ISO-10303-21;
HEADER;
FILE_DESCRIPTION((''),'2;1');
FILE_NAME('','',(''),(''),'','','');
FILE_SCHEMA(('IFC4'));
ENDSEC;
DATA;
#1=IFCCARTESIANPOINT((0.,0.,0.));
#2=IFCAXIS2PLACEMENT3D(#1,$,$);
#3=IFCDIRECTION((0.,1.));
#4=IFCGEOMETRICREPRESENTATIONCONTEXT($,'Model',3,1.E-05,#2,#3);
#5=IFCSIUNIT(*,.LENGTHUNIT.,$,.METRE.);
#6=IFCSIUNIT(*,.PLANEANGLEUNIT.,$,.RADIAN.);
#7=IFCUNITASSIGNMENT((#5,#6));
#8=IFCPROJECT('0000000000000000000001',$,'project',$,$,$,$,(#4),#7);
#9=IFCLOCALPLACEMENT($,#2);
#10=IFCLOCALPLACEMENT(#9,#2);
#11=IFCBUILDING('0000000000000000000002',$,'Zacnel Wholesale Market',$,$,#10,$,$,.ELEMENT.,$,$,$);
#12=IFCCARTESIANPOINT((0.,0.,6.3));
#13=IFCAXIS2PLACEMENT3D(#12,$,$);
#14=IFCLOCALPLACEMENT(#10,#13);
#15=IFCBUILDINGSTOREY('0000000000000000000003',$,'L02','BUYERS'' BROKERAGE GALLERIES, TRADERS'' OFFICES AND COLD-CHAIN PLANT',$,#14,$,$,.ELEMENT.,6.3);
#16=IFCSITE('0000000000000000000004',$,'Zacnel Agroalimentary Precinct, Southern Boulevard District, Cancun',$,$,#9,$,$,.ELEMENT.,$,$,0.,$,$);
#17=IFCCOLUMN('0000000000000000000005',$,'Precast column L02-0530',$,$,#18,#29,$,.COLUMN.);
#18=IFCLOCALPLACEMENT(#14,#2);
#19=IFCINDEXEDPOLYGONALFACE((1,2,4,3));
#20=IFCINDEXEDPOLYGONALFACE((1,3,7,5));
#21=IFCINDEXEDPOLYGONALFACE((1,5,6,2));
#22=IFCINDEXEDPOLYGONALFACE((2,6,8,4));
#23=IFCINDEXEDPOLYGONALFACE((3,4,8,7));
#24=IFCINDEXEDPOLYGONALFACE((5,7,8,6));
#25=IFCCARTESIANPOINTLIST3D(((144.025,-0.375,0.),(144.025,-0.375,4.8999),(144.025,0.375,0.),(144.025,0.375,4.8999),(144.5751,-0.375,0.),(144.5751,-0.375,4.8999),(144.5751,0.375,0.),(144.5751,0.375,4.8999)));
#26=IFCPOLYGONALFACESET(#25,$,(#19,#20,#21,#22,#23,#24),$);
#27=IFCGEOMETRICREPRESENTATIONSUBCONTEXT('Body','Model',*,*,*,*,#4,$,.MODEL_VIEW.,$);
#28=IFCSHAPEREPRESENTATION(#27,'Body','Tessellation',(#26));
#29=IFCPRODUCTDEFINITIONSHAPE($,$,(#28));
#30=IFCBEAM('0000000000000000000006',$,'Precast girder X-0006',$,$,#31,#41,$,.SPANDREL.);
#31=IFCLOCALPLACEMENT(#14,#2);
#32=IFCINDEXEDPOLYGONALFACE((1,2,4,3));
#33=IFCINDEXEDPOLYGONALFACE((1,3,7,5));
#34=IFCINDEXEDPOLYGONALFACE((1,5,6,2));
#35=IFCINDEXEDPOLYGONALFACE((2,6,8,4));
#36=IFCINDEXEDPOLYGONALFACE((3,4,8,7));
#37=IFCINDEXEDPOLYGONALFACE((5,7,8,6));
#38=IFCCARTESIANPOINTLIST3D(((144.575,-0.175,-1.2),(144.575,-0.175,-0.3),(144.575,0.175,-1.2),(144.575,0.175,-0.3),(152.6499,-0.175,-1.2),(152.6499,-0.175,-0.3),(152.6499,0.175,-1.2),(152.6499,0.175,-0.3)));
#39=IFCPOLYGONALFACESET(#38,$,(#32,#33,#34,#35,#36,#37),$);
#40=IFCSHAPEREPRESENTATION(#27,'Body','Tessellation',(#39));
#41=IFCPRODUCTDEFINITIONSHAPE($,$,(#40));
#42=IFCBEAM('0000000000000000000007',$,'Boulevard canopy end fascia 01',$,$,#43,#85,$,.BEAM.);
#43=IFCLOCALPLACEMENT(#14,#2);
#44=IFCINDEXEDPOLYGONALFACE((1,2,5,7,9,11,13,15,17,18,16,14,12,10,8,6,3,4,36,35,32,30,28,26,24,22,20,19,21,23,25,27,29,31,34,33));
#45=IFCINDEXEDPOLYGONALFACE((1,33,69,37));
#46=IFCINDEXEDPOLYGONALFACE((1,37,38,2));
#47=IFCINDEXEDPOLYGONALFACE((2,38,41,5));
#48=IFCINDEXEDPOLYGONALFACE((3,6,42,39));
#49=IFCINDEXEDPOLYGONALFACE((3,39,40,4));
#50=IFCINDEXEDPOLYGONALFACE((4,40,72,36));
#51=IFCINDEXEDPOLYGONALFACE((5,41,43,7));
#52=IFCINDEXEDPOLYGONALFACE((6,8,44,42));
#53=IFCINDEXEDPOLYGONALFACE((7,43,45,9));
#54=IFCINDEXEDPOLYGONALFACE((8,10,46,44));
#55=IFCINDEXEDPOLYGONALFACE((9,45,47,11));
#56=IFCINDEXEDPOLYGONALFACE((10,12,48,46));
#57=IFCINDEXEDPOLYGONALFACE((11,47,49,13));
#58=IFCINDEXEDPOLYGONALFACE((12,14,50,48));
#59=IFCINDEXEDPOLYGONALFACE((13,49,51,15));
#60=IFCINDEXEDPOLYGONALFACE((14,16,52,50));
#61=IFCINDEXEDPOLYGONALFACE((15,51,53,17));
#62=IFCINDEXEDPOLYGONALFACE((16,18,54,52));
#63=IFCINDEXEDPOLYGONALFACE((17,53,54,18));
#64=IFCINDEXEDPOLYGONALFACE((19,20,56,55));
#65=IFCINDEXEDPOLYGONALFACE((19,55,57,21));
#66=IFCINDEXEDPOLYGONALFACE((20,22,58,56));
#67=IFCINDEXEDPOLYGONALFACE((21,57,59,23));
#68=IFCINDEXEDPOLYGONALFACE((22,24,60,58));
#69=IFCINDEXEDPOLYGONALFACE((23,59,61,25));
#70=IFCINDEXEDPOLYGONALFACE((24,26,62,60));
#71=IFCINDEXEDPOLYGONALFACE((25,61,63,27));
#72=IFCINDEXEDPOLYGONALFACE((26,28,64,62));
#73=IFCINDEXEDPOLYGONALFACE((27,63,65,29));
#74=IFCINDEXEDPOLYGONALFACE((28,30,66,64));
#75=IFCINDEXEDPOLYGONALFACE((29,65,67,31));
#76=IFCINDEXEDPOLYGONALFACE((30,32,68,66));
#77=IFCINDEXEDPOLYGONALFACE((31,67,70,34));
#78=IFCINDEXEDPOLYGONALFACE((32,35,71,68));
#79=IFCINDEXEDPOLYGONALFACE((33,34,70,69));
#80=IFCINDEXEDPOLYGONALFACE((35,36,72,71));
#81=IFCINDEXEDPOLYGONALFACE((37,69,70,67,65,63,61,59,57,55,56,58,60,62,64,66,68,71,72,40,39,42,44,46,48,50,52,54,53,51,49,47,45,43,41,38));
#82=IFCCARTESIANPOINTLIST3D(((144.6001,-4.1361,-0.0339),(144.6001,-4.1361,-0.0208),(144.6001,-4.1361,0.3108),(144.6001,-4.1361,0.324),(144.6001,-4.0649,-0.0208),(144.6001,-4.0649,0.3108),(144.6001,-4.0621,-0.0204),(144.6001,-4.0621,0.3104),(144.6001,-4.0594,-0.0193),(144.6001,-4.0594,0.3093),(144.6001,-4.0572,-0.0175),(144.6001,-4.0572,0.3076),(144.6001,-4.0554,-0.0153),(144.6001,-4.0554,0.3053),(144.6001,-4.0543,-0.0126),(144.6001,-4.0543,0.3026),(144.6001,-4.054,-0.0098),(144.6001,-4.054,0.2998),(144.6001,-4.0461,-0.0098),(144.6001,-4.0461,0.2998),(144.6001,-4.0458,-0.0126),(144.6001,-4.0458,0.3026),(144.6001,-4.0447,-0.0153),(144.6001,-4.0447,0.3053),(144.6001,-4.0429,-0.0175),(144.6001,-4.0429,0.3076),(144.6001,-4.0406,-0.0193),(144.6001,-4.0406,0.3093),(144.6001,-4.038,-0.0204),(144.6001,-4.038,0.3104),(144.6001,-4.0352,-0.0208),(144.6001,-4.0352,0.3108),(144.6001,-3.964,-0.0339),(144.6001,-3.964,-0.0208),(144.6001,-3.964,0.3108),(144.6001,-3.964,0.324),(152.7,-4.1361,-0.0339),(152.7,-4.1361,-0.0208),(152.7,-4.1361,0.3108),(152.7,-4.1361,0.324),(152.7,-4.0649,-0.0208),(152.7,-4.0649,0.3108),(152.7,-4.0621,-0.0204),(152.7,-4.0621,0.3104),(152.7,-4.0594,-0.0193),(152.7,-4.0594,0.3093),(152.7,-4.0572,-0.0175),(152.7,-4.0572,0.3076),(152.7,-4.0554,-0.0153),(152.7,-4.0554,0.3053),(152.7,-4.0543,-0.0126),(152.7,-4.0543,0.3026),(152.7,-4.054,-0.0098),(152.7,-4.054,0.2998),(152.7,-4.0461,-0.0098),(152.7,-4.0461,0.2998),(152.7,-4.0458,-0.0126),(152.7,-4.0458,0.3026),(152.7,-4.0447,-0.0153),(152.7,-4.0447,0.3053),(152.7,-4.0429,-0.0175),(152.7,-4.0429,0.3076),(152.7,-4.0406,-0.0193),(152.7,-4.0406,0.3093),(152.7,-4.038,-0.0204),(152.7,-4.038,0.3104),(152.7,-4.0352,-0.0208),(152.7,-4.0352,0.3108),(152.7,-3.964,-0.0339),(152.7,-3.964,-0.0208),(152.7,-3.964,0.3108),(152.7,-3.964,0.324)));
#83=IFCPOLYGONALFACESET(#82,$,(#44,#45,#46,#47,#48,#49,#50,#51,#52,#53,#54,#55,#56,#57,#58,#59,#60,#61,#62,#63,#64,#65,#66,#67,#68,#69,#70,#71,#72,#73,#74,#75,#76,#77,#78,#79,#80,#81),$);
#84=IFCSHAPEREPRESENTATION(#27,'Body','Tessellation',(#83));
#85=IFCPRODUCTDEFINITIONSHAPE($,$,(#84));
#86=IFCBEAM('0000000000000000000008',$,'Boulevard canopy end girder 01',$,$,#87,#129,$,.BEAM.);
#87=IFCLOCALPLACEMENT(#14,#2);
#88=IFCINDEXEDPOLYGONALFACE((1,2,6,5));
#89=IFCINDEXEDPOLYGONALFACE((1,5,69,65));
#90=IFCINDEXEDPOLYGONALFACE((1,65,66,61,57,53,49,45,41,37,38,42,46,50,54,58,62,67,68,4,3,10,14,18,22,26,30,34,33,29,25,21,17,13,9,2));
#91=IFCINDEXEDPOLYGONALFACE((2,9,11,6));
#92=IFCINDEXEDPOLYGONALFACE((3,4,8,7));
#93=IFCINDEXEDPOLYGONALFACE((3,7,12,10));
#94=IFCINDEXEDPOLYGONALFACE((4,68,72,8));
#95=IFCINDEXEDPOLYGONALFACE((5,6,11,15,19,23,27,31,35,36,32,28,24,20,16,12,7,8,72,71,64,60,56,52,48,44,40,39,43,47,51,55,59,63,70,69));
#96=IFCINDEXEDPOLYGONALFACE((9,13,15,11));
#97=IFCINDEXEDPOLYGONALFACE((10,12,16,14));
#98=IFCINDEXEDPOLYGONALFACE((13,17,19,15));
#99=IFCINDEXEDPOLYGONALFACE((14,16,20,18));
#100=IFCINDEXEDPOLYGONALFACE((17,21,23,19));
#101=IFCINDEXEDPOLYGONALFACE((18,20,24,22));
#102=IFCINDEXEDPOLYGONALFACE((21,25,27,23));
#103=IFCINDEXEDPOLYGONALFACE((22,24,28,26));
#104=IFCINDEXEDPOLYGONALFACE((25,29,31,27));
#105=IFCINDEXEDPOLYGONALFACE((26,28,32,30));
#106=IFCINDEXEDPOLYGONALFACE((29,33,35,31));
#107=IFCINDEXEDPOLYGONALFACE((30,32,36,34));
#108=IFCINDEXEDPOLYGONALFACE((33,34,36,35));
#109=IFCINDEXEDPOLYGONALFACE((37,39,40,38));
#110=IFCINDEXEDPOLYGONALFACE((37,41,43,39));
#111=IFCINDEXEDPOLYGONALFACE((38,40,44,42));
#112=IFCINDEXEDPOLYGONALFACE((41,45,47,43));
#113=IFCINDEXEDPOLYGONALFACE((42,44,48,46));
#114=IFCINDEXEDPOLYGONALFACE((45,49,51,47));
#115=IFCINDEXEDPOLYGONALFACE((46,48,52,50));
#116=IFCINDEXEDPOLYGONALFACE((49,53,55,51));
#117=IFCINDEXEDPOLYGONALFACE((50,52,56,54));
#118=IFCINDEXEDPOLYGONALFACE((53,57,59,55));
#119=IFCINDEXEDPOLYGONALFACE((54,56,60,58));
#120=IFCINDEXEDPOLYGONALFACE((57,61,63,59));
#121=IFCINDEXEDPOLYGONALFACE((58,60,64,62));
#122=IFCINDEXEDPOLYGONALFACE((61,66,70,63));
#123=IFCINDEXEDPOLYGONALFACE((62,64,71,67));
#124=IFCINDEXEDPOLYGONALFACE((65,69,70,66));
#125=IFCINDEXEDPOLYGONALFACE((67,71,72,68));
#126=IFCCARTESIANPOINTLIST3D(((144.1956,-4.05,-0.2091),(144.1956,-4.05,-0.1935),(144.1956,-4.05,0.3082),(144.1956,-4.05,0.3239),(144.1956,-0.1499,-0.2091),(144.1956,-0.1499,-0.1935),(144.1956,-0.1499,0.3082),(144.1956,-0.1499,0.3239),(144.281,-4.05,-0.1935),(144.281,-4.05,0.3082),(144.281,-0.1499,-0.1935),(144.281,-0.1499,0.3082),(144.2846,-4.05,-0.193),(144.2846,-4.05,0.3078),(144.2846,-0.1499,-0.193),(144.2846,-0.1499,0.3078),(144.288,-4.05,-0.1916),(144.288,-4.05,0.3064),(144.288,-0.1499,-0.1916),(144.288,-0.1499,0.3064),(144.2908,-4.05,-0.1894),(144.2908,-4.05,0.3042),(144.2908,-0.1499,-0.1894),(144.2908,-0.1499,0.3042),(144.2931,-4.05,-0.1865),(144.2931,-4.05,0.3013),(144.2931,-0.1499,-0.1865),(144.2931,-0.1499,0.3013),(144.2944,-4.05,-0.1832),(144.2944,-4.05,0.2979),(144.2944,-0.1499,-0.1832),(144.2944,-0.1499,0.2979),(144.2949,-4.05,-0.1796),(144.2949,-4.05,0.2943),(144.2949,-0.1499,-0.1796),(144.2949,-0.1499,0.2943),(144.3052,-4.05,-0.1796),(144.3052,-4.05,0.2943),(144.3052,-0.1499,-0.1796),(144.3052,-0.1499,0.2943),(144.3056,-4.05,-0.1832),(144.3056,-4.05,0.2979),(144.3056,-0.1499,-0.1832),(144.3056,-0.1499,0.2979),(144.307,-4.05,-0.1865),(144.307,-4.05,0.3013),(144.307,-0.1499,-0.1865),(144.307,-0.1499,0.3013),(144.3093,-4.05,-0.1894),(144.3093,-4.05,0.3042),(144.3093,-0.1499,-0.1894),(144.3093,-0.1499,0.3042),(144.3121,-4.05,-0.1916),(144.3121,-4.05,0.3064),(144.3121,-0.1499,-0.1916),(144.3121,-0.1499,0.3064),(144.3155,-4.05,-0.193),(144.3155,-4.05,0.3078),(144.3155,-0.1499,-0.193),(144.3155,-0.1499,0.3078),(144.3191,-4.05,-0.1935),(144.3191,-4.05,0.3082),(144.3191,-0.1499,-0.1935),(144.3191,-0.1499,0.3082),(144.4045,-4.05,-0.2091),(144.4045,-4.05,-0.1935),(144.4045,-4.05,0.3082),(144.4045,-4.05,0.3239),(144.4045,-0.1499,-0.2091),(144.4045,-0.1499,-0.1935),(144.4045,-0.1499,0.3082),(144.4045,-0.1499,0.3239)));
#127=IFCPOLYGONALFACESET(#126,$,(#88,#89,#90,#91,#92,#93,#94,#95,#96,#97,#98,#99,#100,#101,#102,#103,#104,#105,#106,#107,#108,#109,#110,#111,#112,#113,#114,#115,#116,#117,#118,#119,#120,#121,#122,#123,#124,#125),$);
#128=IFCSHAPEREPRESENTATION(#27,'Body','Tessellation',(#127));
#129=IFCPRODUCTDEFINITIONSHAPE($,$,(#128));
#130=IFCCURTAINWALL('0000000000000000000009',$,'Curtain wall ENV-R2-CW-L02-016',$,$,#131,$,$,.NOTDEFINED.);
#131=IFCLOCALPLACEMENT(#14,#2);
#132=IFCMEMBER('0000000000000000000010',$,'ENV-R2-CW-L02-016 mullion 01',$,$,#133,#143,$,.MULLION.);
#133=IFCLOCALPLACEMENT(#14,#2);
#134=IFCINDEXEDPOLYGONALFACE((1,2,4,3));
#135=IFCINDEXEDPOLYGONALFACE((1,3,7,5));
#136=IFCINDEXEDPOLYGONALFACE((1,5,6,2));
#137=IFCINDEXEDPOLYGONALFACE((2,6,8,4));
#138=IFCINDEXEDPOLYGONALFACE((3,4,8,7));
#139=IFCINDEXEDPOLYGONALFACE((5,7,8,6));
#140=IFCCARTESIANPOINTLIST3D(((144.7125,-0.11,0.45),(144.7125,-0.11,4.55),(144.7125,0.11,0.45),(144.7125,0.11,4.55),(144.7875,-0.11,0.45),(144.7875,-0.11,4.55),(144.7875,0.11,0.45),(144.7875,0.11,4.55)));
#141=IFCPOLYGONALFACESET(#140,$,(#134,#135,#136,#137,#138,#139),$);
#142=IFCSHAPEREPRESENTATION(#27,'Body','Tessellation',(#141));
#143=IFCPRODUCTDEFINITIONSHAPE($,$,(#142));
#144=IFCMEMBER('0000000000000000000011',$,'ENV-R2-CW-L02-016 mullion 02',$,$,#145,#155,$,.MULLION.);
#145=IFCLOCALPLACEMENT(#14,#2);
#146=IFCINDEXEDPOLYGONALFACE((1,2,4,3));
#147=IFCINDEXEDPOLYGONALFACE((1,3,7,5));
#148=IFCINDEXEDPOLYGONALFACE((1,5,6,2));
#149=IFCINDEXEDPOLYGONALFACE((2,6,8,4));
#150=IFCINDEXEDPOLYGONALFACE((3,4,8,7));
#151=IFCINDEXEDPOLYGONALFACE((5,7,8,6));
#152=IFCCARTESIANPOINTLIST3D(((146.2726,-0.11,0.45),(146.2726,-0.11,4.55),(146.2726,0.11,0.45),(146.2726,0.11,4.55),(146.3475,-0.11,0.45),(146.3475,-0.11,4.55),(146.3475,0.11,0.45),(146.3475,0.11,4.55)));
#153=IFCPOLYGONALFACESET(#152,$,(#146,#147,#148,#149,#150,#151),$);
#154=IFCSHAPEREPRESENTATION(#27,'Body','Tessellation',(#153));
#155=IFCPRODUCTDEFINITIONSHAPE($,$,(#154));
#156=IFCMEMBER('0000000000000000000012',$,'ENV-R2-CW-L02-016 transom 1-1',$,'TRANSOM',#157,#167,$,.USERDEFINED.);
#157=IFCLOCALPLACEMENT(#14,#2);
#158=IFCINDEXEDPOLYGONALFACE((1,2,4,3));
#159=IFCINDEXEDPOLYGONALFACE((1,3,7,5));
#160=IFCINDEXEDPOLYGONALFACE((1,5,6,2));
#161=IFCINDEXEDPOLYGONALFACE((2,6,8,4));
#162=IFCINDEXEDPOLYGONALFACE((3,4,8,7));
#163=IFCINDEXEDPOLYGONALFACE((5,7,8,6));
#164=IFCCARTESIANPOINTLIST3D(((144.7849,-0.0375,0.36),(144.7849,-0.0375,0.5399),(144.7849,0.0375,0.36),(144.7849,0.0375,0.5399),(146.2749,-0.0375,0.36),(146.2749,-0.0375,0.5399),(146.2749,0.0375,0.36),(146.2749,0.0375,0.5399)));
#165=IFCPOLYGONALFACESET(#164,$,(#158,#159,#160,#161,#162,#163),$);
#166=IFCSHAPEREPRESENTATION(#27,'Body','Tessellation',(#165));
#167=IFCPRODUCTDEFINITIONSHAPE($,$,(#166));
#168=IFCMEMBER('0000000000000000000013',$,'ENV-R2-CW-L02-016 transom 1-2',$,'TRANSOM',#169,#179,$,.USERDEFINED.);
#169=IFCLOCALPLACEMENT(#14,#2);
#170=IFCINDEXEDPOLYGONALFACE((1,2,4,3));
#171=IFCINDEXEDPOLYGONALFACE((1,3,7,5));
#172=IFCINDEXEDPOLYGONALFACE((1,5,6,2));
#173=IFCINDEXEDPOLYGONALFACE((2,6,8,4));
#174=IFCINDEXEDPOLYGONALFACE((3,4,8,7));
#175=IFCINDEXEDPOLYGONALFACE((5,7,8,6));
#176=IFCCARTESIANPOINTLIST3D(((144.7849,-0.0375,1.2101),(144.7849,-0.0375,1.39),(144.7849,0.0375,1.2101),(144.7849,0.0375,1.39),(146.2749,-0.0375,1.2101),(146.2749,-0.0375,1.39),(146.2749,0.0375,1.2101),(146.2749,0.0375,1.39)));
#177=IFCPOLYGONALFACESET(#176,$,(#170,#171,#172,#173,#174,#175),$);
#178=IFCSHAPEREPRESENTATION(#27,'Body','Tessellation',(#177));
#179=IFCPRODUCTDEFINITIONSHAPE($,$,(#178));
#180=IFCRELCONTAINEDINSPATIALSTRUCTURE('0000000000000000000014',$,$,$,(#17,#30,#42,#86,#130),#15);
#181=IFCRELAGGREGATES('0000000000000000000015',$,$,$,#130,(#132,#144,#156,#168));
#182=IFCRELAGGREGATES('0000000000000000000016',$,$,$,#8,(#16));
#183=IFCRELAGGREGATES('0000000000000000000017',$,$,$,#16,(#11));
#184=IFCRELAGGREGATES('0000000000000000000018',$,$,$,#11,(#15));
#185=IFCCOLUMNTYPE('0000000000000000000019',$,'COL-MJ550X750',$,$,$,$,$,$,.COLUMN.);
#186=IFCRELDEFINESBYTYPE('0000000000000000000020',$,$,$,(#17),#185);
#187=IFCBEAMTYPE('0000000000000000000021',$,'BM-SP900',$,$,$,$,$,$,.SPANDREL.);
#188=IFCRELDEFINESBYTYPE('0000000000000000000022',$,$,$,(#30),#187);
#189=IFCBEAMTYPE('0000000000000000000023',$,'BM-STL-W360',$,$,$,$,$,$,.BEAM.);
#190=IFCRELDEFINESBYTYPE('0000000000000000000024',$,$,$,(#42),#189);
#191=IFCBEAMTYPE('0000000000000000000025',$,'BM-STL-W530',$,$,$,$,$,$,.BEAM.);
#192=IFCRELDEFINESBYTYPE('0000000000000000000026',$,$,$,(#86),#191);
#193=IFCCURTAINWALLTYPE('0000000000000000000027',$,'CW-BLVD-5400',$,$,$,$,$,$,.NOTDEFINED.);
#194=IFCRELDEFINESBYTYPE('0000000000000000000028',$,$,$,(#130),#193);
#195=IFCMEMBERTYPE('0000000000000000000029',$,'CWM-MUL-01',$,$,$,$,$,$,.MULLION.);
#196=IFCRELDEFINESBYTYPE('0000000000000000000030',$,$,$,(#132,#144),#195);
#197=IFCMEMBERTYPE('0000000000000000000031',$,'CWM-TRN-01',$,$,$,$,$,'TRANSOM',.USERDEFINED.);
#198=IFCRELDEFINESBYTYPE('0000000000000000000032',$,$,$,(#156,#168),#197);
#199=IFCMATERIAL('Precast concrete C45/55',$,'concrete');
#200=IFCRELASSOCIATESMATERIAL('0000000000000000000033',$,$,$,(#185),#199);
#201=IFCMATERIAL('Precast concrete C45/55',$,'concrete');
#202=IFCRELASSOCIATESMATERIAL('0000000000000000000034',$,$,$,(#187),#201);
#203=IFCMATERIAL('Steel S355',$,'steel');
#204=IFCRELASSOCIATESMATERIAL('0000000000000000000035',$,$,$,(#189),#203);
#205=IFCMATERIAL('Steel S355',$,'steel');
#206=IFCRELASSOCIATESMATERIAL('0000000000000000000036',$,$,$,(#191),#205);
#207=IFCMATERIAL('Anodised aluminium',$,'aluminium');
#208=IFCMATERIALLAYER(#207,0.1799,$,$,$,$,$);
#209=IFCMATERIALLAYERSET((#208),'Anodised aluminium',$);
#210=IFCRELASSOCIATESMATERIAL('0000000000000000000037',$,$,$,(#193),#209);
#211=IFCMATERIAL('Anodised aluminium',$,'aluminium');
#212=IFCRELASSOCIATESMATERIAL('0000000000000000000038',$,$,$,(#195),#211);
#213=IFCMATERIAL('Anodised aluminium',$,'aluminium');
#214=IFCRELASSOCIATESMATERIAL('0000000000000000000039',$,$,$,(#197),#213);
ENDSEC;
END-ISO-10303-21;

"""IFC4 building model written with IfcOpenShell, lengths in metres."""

from ifc_helpers import new_model, si_unit, direction, frame, origin, origin_2d, place, context, subcontext, project, spatial, rectangle, i_section, extrude, material, layer, layer_set, material_profile, profile_set, type_object, element, aggregate, save


model = new_model("IFC4")

# Units and contexts
model_context = context("Model", 3, precision=1e-05, world=origin(), true_north=direction((0.0, 1.0)))
body_context = subcontext(model_context, "Body", "Model", "MODEL_VIEW")
ifc_project = project(units=[si_unit("LENGTHUNIT", "METRE"), si_unit("PLANEANGLEUNIT", "RADIAN")], contexts=[model_context])

# Site, building, storey
site_placement = place(None, origin())
site = spatial("IfcSite", under=ifc_project, at=site_placement, Name="Zacnel Agroalimentary Precinct, Southern Boulevard District, Cancun", CompositionType="ELEMENT", RefElevation=0.0)
building_placement = place(site_placement, origin())
building = spatial("IfcBuilding", under=site, at=building_placement, Name="Zacnel Wholesale Market", CompositionType="ELEMENT")
storey_placement = place(building_placement, frame((0.0, 0.0, 6.3)))
storey = spatial("IfcBuildingStorey", under=building, at=storey_placement, Name="L02", Description="BUYERS' BROKERAGE GALLERIES, TRADERS' OFFICES AND COLD-CHAIN PLANT", CompositionType="ELEMENT", Elevation=6.3)

# Column
ifc_material_1 = material(Name="Precast concrete C45/55", Category="concrete")
ifc_material_profile_1 = material_profile(ifc_material_1, rectangle(XDim=0.55, YDim=0.75, at=origin_2d()), Name="PC 550x750")
ifc_profile_set_1 = profile_set([ifc_material_profile_1], Name="Precast concrete C45/55")
column_type = type_object("IfcColumnType", Name="COL-MJ550X750", PredefinedType="COLUMN", material=ifc_profile_set_1)
column_placement = place(storey_placement, frame((144.3, 0.0, 0.0), z_axis=(0.0, 0.0, 1.0), x_axis=(1.0, 0.0, 0.0)))
element("IfcColumn", 1, at=column_placement, inside=storey, type_object=column_type, Name="Precast column L02-0530", PredefinedType="COLUMN", context=body_context, shape_type="SweptSolid", body=[
    extrude(rectangle(XDim=0.55, YDim=0.75, at=origin_2d()), origin(), (0.0, 0.0, 1.0), 4.8999),
])

# Beams
ifc_material_2 = material(Name="Precast concrete C45/55", Category="concrete")
ifc_material_profile_2 = material_profile(ifc_material_2, rectangle(XDim=0.3501, YDim=0.8999, at=origin_2d()), Name="SP 350x900")
ifc_profile_set_2 = profile_set([ifc_material_profile_2], Name="Precast concrete C45/55")
beam_type_1 = type_object("IfcBeamType", Name="BM-SP900", PredefinedType="SPANDREL", material=ifc_profile_set_2)
beam_1_placement = place(storey_placement, frame((144.575, 0.0, -0.75), z_axis=(1.0, 0.0, 0.0), x_axis=(0.0, 1.0, 0.0)))
element("IfcBeam", 2, at=beam_1_placement, inside=storey, type_object=beam_type_1, Name="Precast girder X-0006", PredefinedType="SPANDREL", context=body_context, shape_type="SweptSolid", body=[
    extrude(rectangle(XDim=0.3501, YDim=0.8999, at=origin_2d()), origin(), (0.0, 0.0, 1.0), 8.075),
])
ifc_material_3 = material(Name="Steel S355", Category="steel")
ifc_material_profile_3 = material_profile(ifc_material_3, i_section(OverallWidth=0.1721, OverallDepth=0.3579, WebThickness=0.0078, FlangeThickness=0.0132, FilletRadius=0.011, at=origin_2d()), Name="W360X57.8")
ifc_profile_set_3 = profile_set([ifc_material_profile_3], Name="Steel S355")
beam_type_2 = type_object("IfcBeamType", Name="BM-STL-W360", PredefinedType="BEAM", material=ifc_profile_set_3)
beam_2_placement = place(storey_placement, frame((144.6001, -4.05, 0.145), z_axis=(1.0, 0.0, 0.0), x_axis=(0.0, 1.0, 0.0)))
element("IfcBeam", 3, at=beam_2_placement, inside=storey, type_object=beam_type_2, Name="Boulevard canopy end fascia 01", PredefinedType="BEAM", context=body_context, shape_type="SweptSolid", body=[
    extrude(i_section(OverallWidth=0.1721, OverallDepth=0.3579, WebThickness=0.0078, FlangeThickness=0.0132, FilletRadius=0.011, at=origin_2d()), origin(), (0.0, 0.0, 1.0), 8.0999),
])
ifc_material_4 = material(Name="Steel S355", Category="steel")
ifc_material_profile_4 = material_profile(ifc_material_4, i_section(OverallWidth=0.209, OverallDepth=0.533, WebThickness=0.0103, FlangeThickness=0.0156, FilletRadius=0.0139, at=origin_2d()), Name="W530X92")
ifc_profile_set_4 = profile_set([ifc_material_profile_4], Name="Steel S355")
beam_type_3 = type_object("IfcBeamType", Name="BM-STL-W530", PredefinedType="BEAM", material=ifc_profile_set_4)
beam_3_placement = place(storey_placement, frame((144.3, -0.1499, 0.0574), z_axis=(0.0, -1.0, 0.0), x_axis=(1.0, 0.0, 0.0)))
element("IfcBeam", 4, at=beam_3_placement, inside=storey, type_object=beam_type_3, Name="Boulevard canopy end girder 01", PredefinedType="BEAM", context=body_context, shape_type="SweptSolid", body=[
    extrude(i_section(OverallWidth=0.209, OverallDepth=0.533, WebThickness=0.0103, FlangeThickness=0.0156, FilletRadius=0.0139, at=origin_2d()), origin(), (0.0, 0.0, 1.0), 3.9001),
])

# Curtain wall, members
ifc_material_5 = material(Name="Anodised aluminium", Category="aluminium")
ifc_layer_1 = layer(ifc_material_5, 0.1799)
ifc_layer_set_1 = layer_set([ifc_layer_1], Name="Anodised aluminium")
curtain_wall_type = type_object("IfcCurtainWallType", Name="CW-BLVD-5400", PredefinedType="NOTDEFINED", material=ifc_layer_set_1)
curtain_wall_placement = place(storey_placement, origin())
curtain_wall = element("IfcCurtainWall", 5, at=curtain_wall_placement, inside=storey, type_object=curtain_wall_type, Name="Curtain wall ENV-R2-CW-L02-016", PredefinedType="NOTDEFINED")
ifc_material_6 = material(Name="Anodised aluminium", Category="aluminium")
ifc_material_profile_5 = material_profile(ifc_material_6, rectangle(XDim=0.075, YDim=0.22, at=origin_2d()), Name="AW-MULLION 75x220")
ifc_profile_set_5 = profile_set([ifc_material_profile_5], Name="Anodised aluminium")
member_type_1 = type_object("IfcMemberType", Name="CWM-MUL-01", PredefinedType="MULLION", material=ifc_profile_set_5)
member_1_placement = place(storey_placement, frame((144.75, 0.0, 0.45), z_axis=(0.0, 0.0, 1.0), x_axis=(1.0, 0.0, 0.0)))
member_1 = element("IfcMember", 6, at=member_1_placement, type_object=member_type_1, Name="ENV-R2-CW-L02-016 mullion 01", PredefinedType="MULLION", context=body_context, shape_type="SweptSolid", body=[
    extrude(rectangle(XDim=0.075, YDim=0.22, at=origin_2d()), origin(), (0.0, 0.0, 1.0), 4.1001),
])
member_2_placement = place(storey_placement, frame((146.3101, 0.0, 0.45), z_axis=(0.0, 0.0, 1.0), x_axis=(1.0, 0.0, 0.0)))
member_2 = element("IfcMember", 7, at=member_2_placement, type_object=member_type_1, Name="ENV-R2-CW-L02-016 mullion 02", PredefinedType="MULLION", context=body_context, shape_type="SweptSolid", body=[
    extrude(rectangle(XDim=0.075, YDim=0.22, at=origin_2d()), origin(), (0.0, 0.0, 1.0), 4.1001),
])
ifc_material_7 = material(Name="Anodised aluminium", Category="aluminium")
ifc_material_profile_6 = material_profile(ifc_material_7, rectangle(XDim=0.075, YDim=0.1799, at=origin_2d()), Name="AW-TRANSOM 75x180")
ifc_profile_set_6 = profile_set([ifc_material_profile_6], Name="Anodised aluminium")
member_type_2 = type_object("IfcMemberType", Name="CWM-TRN-01", ElementType="TRANSOM", PredefinedType="USERDEFINED", material=ifc_profile_set_6)
member_3_placement = place(storey_placement, frame((144.7849, 0.0, 0.45), z_axis=(1.0, 0.0, 0.0), x_axis=(0.0, 1.0, 0.0)))
member_3 = element("IfcMember", 8, at=member_3_placement, type_object=member_type_2, Name="ENV-R2-CW-L02-016 transom 1-1", ObjectType="TRANSOM", PredefinedType="USERDEFINED", context=body_context, shape_type="SweptSolid", body=[
    extrude(rectangle(XDim=0.075, YDim=0.1799, at=origin_2d()), origin(), (0.0, 0.0, 1.0), 1.49),
])
member_4_placement = place(storey_placement, frame((144.7849, 0.0, 1.3), z_axis=(1.0, 0.0, 0.0), x_axis=(0.0, 1.0, 0.0)))
member_4 = element("IfcMember", 9, at=member_4_placement, type_object=member_type_2, Name="ENV-R2-CW-L02-016 transom 1-2", ObjectType="TRANSOM", PredefinedType="USERDEFINED", context=body_context, shape_type="SweptSolid", body=[
    extrude(rectangle(XDim=0.075, YDim=0.1799, at=origin_2d()), origin(), (0.0, 0.0, 1.0), 1.49),
])
aggregate(curtain_wall, [member_1, member_2, member_3, member_4])

save(model, "model.ifc")
